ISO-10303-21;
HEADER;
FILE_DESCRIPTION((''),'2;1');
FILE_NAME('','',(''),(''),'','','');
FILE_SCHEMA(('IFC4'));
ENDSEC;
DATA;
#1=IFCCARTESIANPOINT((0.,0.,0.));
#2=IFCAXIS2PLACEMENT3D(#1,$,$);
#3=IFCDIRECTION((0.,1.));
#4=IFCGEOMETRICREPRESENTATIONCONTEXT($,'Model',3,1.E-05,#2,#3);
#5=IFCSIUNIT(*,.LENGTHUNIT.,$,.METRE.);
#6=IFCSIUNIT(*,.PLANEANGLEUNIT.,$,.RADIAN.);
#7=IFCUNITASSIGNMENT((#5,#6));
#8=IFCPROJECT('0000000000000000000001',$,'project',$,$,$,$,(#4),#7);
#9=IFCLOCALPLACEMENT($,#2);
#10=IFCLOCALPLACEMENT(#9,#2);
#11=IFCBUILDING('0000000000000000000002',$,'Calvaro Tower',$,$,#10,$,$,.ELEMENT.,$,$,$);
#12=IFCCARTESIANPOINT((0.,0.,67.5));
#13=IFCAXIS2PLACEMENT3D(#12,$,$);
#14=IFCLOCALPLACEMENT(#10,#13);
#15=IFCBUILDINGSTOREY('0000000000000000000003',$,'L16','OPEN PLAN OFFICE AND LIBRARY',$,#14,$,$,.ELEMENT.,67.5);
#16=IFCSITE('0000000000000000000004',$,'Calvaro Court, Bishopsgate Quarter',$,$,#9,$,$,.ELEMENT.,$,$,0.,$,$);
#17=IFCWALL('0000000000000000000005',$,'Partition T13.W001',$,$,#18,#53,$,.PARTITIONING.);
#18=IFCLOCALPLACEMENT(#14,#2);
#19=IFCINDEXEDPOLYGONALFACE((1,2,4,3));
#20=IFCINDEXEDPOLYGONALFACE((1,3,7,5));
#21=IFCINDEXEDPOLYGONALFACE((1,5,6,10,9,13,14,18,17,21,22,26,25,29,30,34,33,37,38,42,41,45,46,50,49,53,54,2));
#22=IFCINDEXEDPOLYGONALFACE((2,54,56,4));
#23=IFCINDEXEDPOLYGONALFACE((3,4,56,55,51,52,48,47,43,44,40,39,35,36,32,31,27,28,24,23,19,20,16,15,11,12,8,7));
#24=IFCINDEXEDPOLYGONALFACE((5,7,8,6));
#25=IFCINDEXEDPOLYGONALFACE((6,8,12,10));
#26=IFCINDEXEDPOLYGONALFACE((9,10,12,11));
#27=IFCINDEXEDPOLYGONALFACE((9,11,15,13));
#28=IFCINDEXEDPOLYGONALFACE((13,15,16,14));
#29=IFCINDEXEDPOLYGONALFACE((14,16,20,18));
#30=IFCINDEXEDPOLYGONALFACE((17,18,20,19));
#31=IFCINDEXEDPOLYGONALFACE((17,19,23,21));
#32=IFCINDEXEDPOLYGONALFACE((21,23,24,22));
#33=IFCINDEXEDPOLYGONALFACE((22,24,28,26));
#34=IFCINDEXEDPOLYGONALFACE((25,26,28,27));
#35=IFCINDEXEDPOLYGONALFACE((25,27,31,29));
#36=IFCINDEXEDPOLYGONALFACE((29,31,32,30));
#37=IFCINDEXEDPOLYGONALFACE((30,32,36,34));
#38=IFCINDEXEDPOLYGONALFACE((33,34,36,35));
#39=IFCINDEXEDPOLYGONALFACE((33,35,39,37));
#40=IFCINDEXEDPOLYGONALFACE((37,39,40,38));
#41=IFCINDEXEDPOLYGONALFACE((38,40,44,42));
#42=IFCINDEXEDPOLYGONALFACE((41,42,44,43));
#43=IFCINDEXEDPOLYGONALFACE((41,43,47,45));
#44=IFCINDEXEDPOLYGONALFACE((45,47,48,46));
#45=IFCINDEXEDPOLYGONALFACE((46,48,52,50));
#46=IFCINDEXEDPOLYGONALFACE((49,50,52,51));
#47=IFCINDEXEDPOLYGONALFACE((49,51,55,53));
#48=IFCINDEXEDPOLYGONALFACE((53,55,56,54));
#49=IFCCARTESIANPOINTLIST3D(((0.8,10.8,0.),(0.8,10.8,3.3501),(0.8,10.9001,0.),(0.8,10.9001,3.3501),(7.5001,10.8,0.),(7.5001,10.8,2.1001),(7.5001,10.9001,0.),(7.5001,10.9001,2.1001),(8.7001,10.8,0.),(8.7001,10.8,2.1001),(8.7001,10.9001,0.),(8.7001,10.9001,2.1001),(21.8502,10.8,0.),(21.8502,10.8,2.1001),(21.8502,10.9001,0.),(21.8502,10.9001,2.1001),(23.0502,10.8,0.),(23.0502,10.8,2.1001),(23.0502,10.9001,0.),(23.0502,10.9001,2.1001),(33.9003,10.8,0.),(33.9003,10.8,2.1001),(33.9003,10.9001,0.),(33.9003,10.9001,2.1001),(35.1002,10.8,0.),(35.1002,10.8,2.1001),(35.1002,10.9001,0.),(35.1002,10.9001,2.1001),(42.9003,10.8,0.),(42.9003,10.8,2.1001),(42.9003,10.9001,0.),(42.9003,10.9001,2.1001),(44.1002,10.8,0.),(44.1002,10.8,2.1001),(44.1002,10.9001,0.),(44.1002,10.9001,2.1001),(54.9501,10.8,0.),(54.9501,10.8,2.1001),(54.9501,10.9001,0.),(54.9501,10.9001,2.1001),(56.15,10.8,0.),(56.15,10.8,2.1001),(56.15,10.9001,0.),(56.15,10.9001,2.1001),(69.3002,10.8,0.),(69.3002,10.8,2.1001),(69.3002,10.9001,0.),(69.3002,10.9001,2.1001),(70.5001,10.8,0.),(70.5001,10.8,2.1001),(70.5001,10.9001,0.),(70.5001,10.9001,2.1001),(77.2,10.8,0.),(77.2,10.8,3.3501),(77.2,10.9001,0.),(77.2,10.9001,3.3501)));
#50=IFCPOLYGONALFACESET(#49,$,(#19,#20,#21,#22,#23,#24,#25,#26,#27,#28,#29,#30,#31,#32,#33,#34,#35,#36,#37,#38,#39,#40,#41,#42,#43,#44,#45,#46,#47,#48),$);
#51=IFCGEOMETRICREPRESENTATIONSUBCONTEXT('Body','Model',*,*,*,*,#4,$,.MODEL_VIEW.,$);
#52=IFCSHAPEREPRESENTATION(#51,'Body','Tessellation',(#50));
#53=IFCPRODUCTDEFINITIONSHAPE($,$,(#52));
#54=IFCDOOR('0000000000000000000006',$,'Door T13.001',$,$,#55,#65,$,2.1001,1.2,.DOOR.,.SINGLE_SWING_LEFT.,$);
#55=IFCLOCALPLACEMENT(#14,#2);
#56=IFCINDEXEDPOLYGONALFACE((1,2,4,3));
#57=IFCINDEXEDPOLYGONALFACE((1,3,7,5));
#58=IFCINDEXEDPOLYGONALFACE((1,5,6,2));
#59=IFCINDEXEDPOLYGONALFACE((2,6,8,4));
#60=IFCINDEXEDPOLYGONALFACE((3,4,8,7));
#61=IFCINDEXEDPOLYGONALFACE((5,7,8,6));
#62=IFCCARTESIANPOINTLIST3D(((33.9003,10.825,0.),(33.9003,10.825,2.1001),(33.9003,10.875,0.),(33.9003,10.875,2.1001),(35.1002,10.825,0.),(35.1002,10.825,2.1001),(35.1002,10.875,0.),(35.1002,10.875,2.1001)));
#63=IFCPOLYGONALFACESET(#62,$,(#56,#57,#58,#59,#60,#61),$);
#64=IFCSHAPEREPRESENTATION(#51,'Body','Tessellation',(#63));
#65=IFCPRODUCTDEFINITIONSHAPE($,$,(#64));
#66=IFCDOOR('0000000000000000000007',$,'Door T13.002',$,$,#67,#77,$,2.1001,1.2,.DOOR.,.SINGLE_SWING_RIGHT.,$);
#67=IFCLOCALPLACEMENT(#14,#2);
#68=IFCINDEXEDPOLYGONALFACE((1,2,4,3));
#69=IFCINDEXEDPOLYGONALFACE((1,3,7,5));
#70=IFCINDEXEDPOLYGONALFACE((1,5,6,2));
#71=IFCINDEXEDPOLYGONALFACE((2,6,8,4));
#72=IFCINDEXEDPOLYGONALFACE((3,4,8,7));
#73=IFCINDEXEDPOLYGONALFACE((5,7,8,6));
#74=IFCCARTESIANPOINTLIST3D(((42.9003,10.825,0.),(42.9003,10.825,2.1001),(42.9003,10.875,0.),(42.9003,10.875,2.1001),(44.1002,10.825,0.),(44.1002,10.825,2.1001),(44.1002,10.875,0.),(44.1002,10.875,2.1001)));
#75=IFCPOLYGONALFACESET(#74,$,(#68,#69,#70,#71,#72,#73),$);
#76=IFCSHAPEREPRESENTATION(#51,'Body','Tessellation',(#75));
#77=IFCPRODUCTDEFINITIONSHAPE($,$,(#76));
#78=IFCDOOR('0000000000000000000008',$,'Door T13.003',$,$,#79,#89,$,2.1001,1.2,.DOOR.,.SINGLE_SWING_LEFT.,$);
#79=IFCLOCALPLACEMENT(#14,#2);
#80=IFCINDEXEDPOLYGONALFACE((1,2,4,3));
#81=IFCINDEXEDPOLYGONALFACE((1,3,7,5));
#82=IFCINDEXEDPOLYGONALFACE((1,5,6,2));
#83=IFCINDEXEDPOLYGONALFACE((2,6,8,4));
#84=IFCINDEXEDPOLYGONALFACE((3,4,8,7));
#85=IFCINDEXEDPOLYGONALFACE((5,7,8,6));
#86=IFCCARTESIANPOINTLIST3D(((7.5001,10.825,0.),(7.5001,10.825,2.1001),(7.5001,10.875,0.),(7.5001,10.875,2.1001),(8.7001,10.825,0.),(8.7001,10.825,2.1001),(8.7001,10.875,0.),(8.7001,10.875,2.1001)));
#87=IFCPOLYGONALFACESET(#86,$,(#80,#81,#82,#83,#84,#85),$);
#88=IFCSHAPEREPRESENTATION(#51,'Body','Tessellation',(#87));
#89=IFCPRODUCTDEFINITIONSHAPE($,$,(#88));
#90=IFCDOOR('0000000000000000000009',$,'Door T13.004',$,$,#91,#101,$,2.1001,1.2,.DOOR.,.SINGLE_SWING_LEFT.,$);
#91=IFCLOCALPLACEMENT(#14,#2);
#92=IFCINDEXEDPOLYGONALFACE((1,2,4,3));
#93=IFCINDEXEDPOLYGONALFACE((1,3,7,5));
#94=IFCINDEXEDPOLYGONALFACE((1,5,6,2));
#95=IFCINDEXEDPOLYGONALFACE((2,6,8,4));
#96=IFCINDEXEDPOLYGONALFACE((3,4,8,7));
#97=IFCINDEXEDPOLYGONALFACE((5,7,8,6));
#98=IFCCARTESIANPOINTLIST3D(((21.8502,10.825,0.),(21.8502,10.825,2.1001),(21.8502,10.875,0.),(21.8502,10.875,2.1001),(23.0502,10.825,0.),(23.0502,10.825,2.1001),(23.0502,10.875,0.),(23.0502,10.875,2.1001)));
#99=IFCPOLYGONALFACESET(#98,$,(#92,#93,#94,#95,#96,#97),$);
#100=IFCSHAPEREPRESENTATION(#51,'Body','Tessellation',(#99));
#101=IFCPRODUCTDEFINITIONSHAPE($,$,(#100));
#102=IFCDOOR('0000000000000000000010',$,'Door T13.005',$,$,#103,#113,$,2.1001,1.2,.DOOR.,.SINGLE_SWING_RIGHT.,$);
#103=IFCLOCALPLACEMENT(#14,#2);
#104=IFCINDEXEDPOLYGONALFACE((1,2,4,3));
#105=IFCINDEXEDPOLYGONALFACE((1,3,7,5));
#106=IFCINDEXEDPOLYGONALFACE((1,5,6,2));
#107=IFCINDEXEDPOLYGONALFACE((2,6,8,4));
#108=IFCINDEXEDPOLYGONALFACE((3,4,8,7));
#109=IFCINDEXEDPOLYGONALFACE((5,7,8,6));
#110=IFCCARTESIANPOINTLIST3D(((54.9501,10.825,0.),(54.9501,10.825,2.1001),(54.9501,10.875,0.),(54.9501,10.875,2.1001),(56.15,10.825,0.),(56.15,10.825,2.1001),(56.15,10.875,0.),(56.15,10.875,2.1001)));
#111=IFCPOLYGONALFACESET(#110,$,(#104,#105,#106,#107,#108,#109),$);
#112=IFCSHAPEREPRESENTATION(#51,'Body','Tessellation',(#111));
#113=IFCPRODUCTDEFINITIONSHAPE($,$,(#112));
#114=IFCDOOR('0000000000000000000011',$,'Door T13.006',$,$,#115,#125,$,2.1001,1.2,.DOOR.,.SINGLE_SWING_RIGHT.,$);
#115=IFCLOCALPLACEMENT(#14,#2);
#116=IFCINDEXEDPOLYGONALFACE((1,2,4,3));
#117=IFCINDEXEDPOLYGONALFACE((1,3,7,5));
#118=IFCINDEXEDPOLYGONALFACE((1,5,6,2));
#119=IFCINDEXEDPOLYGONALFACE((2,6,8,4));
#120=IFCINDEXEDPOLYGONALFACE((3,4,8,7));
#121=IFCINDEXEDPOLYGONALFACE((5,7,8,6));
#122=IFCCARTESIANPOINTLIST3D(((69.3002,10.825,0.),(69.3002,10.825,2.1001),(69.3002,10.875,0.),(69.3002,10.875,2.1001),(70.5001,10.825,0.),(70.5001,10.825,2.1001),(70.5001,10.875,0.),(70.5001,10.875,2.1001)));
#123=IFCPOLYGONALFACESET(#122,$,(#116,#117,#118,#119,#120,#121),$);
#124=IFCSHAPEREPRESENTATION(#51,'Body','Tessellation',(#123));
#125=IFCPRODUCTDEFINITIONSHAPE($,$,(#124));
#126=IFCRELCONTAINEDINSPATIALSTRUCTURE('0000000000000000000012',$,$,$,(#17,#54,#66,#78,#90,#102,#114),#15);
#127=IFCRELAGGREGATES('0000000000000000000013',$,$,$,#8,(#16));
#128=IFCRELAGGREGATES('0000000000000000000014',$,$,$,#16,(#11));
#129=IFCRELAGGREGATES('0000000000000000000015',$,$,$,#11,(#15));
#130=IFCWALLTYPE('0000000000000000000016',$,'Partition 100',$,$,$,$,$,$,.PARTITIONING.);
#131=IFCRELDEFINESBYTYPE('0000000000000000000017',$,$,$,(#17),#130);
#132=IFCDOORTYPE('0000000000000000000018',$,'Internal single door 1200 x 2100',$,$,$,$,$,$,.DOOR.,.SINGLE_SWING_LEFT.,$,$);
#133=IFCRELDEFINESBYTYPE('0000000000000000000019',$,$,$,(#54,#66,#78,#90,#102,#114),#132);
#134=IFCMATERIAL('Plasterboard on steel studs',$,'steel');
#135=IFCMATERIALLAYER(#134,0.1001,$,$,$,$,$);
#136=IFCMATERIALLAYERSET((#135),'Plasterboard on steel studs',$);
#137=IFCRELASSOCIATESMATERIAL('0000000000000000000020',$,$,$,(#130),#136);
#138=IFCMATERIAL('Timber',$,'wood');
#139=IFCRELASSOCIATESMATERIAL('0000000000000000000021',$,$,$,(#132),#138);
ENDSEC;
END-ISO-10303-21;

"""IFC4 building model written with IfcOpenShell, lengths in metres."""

from ifc_helpers import new_model, si_unit, direction, frame, frame_2d, origin, place, context, subcontext, project, spatial, rectangle, extrude, material, layer, layer_set, type_object, element, fill, save


model = new_model("IFC4")

# Units and contexts
model_context = context("Model", 3, precision=1e-05, world=origin(), true_north=direction((0.0, 1.0)))
body_context = subcontext(model_context, "Body", "Model", "MODEL_VIEW")
ifc_project = project(units=[si_unit("LENGTHUNIT", "METRE"), si_unit("PLANEANGLEUNIT", "RADIAN")], contexts=[model_context])

# Site, building, storey
site_placement = place(None, origin())
site = spatial("IfcSite", under=ifc_project, at=site_placement, Name="Calvaro Court, Bishopsgate Quarter", CompositionType="ELEMENT", RefElevation=0.0)
building_placement = place(site_placement, origin())
building = spatial("IfcBuilding", under=site, at=building_placement, Name="Calvaro Tower", CompositionType="ELEMENT")
storey_placement = place(building_placement, frame((0.0, 0.0, 67.5)))
storey = spatial("IfcBuildingStorey", under=building, at=storey_placement, Name="L16", Description="OPEN PLAN OFFICE AND LIBRARY", CompositionType="ELEMENT", Elevation=67.5)

# Wall, openings, doors
ifc_material_1 = material(Name="Plasterboard on steel studs", Category="steel")
ifc_layer_1 = layer(ifc_material_1, 0.1001)
ifc_layer_set_1 = layer_set([ifc_layer_1], Name="Plasterboard on steel studs")
wall_type_1 = type_object("IfcWallType", Name="Partition 100", PredefinedType="PARTITIONING", material=ifc_layer_set_1)
wall_1_placement = place(storey_placement, frame((0.8, 10.8501, 0.0), z_axis=(0.0, 0.0, 1.0), x_axis=(1.0, 0.0, 0.0)))
wall_1 = element("IfcWall", 1, at=wall_1_placement, inside=storey, type_object=wall_type_1, Name="Partition T13.W001", PredefinedType="PARTITIONING", context=body_context, shape_type="SweptSolid", body=[
    extrude(rectangle(XDim=76.3999, YDim=0.1001, at=frame_2d((38.2, 0.0))), origin(), (0.0, 0.0, 1.0), 3.3501),
])
opening_1_placement = place(wall_1_placement, frame((33.1001, 0.0, 0.0)))
opening_1 = element("IfcOpeningElement", 2, at=opening_1_placement, cuts=wall_1, PredefinedType="OPENING", context=body_context, shape_type="SweptSolid", body=[
    extrude(rectangle(XDim=1.2, YDim=2.1001, at=frame_2d((0.6001, 1.05))), frame((0.0, 0.0601, 0.0), z_axis=(0.0, -1.0, 0.0), x_axis=(1.0, 0.0, 0.0)), (0.0, 0.0, 1.0), 0.1201),
])
opening_2_placement = place(wall_1_placement, frame((42.1001, 0.0, 0.0)))
opening_2 = element("IfcOpeningElement", 3, at=opening_2_placement, cuts=wall_1, PredefinedType="OPENING", context=body_context, shape_type="SweptSolid", body=[
    extrude(rectangle(XDim=1.2, YDim=2.1001, at=frame_2d((0.6001, 1.05))), frame((0.0, 0.0601, 0.0), z_axis=(0.0, -1.0, 0.0), x_axis=(1.0, 0.0, 0.0)), (0.0, 0.0, 1.0), 0.1201),
])
opening_3_placement = place(wall_1_placement, frame((6.7, 0.0, 0.0)))
opening_3 = element("IfcOpeningElement", 4, at=opening_3_placement, cuts=wall_1, PredefinedType="OPENING", context=body_context, shape_type="SweptSolid", body=[
    extrude(rectangle(XDim=1.2, YDim=2.1001, at=frame_2d((0.6001, 1.05))), frame((0.0, 0.0601, 0.0), z_axis=(0.0, -1.0, 0.0), x_axis=(1.0, 0.0, 0.0)), (0.0, 0.0, 1.0), 0.1201),
])
opening_4_placement = place(wall_1_placement, frame((21.05, 0.0, 0.0)))
opening_4 = element("IfcOpeningElement", 5, at=opening_4_placement, cuts=wall_1, PredefinedType="OPENING", context=body_context, shape_type="SweptSolid", body=[
    extrude(rectangle(XDim=1.2, YDim=2.1001, at=frame_2d((0.6001, 1.05))), frame((0.0, 0.0601, 0.0), z_axis=(0.0, -1.0, 0.0), x_axis=(1.0, 0.0, 0.0)), (0.0, 0.0, 1.0), 0.1201),
])
opening_5_placement = place(wall_1_placement, frame((54.1499, 0.0, 0.0)))
opening_5 = element("IfcOpeningElement", 6, at=opening_5_placement, cuts=wall_1, PredefinedType="OPENING", context=body_context, shape_type="SweptSolid", body=[
    extrude(rectangle(XDim=1.2, YDim=2.1001, at=frame_2d((0.6001, 1.05))), frame((0.0, 0.0601, 0.0), z_axis=(0.0, -1.0, 0.0), x_axis=(1.0, 0.0, 0.0)), (0.0, 0.0, 1.0), 0.1201),
])
opening_6_placement = place(wall_1_placement, frame((68.5, 0.0, 0.0)))
opening_6 = element("IfcOpeningElement", 7, at=opening_6_placement, cuts=wall_1, PredefinedType="OPENING", context=body_context, shape_type="SweptSolid", body=[
    extrude(rectangle(XDim=1.2, YDim=2.1001, at=frame_2d((0.6001, 1.05))), frame((0.0, 0.0601, 0.0), z_axis=(0.0, -1.0, 0.0), x_axis=(1.0, 0.0, 0.0)), (0.0, 0.0, 1.0), 0.1201),
])
ifc_material_2 = material(Name="Timber", Category="wood")
door_type = type_object("IfcDoorType", Name="Internal single door 1200 x 2100", OperationType="SINGLE_SWING_LEFT", PredefinedType="DOOR", material=ifc_material_2)
door_1_placement = place(opening_1_placement, origin())
door_1 = element("IfcDoor", 8, at=door_1_placement, inside=storey, type_object=door_type, Name="Door T13.001", OperationType="SINGLE_SWING_LEFT", OverallHeight=2.1001, OverallWidth=1.2, PredefinedType="DOOR", context=body_context, shape_type="SweptSolid", body=[
    extrude(rectangle(XDim=1.2, YDim=2.1001, at=frame_2d((0.6001, 1.05))), frame((0.0, 0.0249, 0.0), z_axis=(0.0, -1.0, 0.0), x_axis=(1.0, 0.0, 0.0)), (0.0, 0.0, 1.0), 0.05),
])
fill(opening_1, door_1)
door_2_placement = place(opening_2_placement, origin())
door_2 = element("IfcDoor", 9, at=door_2_placement, inside=storey, type_object=door_type, Name="Door T13.002", OperationType="SINGLE_SWING_RIGHT", OverallHeight=2.1001, OverallWidth=1.2, PredefinedType="DOOR", context=body_context, shape_type="SweptSolid", body=[
    extrude(rectangle(XDim=1.2, YDim=2.1001, at=frame_2d((0.6001, 1.05))), frame((0.0, 0.0249, 0.0), z_axis=(0.0, -1.0, 0.0), x_axis=(1.0, 0.0, 0.0)), (0.0, 0.0, 1.0), 0.05),
])
fill(opening_2, door_2)
door_3_placement = place(opening_3_placement, origin())
door_3 = element("IfcDoor", 10, at=door_3_placement, inside=storey, type_object=door_type, Name="Door T13.003", OperationType="SINGLE_SWING_LEFT", OverallHeight=2.1001, OverallWidth=1.2, PredefinedType="DOOR", context=body_context, shape_type="SweptSolid", body=[
    extrude(rectangle(XDim=1.2, YDim=2.1001, at=frame_2d((0.6001, 1.05))), frame((0.0, 0.0249, 0.0), z_axis=(0.0, -1.0, 0.0), x_axis=(1.0, 0.0, 0.0)), (0.0, 0.0, 1.0), 0.05),
])
fill(opening_3, door_3)
door_4_placement = place(opening_4_placement, origin())
door_4 = element("IfcDoor", 11, at=door_4_placement, inside=storey, type_object=door_type, Name="Door T13.004", OperationType="SINGLE_SWING_LEFT", OverallHeight=2.1001, OverallWidth=1.2, PredefinedType="DOOR", context=body_context, shape_type="SweptSolid", body=[
    extrude(rectangle(XDim=1.2, YDim=2.1001, at=frame_2d((0.6001, 1.05))), frame((0.0, 0.0249, 0.0), z_axis=(0.0, -1.0, 0.0), x_axis=(1.0, 0.0, 0.0)), (0.0, 0.0, 1.0), 0.05),
])
fill(opening_4, door_4)
door_5_placement = place(opening_5_placement, origin())
door_5 = element("IfcDoor", 12, at=door_5_placement, inside=storey, type_object=door_type, Name="Door T13.005", OperationType="SINGLE_SWING_RIGHT", OverallHeight=2.1001, OverallWidth=1.2, PredefinedType="DOOR", context=body_context, shape_type="SweptSolid", body=[
    extrude(rectangle(XDim=1.2, YDim=2.1001, at=frame_2d((0.6001, 1.05))), frame((0.0, 0.0249, 0.0), z_axis=(0.0, -1.0, 0.0), x_axis=(1.0, 0.0, 0.0)), (0.0, 0.0, 1.0), 0.05),
])
fill(opening_5, door_5)
door_6_placement = place(opening_6_placement, origin())
door_6 = element("IfcDoor", 13, at=door_6_placement, inside=storey, type_object=door_type, Name="Door T13.006", OperationType="SINGLE_SWING_RIGHT", OverallHeight=2.1001, OverallWidth=1.2, PredefinedType="DOOR", context=body_context, shape_type="SweptSolid", body=[
    extrude(rectangle(XDim=1.2, YDim=2.1001, at=frame_2d((0.6001, 1.05))), frame((0.0, 0.0249, 0.0), z_axis=(0.0, -1.0, 0.0), x_axis=(1.0, 0.0, 0.0)), (0.0, 0.0, 1.0), 0.05),
])
fill(opening_6, door_6)

save(model, "model.ifc")
